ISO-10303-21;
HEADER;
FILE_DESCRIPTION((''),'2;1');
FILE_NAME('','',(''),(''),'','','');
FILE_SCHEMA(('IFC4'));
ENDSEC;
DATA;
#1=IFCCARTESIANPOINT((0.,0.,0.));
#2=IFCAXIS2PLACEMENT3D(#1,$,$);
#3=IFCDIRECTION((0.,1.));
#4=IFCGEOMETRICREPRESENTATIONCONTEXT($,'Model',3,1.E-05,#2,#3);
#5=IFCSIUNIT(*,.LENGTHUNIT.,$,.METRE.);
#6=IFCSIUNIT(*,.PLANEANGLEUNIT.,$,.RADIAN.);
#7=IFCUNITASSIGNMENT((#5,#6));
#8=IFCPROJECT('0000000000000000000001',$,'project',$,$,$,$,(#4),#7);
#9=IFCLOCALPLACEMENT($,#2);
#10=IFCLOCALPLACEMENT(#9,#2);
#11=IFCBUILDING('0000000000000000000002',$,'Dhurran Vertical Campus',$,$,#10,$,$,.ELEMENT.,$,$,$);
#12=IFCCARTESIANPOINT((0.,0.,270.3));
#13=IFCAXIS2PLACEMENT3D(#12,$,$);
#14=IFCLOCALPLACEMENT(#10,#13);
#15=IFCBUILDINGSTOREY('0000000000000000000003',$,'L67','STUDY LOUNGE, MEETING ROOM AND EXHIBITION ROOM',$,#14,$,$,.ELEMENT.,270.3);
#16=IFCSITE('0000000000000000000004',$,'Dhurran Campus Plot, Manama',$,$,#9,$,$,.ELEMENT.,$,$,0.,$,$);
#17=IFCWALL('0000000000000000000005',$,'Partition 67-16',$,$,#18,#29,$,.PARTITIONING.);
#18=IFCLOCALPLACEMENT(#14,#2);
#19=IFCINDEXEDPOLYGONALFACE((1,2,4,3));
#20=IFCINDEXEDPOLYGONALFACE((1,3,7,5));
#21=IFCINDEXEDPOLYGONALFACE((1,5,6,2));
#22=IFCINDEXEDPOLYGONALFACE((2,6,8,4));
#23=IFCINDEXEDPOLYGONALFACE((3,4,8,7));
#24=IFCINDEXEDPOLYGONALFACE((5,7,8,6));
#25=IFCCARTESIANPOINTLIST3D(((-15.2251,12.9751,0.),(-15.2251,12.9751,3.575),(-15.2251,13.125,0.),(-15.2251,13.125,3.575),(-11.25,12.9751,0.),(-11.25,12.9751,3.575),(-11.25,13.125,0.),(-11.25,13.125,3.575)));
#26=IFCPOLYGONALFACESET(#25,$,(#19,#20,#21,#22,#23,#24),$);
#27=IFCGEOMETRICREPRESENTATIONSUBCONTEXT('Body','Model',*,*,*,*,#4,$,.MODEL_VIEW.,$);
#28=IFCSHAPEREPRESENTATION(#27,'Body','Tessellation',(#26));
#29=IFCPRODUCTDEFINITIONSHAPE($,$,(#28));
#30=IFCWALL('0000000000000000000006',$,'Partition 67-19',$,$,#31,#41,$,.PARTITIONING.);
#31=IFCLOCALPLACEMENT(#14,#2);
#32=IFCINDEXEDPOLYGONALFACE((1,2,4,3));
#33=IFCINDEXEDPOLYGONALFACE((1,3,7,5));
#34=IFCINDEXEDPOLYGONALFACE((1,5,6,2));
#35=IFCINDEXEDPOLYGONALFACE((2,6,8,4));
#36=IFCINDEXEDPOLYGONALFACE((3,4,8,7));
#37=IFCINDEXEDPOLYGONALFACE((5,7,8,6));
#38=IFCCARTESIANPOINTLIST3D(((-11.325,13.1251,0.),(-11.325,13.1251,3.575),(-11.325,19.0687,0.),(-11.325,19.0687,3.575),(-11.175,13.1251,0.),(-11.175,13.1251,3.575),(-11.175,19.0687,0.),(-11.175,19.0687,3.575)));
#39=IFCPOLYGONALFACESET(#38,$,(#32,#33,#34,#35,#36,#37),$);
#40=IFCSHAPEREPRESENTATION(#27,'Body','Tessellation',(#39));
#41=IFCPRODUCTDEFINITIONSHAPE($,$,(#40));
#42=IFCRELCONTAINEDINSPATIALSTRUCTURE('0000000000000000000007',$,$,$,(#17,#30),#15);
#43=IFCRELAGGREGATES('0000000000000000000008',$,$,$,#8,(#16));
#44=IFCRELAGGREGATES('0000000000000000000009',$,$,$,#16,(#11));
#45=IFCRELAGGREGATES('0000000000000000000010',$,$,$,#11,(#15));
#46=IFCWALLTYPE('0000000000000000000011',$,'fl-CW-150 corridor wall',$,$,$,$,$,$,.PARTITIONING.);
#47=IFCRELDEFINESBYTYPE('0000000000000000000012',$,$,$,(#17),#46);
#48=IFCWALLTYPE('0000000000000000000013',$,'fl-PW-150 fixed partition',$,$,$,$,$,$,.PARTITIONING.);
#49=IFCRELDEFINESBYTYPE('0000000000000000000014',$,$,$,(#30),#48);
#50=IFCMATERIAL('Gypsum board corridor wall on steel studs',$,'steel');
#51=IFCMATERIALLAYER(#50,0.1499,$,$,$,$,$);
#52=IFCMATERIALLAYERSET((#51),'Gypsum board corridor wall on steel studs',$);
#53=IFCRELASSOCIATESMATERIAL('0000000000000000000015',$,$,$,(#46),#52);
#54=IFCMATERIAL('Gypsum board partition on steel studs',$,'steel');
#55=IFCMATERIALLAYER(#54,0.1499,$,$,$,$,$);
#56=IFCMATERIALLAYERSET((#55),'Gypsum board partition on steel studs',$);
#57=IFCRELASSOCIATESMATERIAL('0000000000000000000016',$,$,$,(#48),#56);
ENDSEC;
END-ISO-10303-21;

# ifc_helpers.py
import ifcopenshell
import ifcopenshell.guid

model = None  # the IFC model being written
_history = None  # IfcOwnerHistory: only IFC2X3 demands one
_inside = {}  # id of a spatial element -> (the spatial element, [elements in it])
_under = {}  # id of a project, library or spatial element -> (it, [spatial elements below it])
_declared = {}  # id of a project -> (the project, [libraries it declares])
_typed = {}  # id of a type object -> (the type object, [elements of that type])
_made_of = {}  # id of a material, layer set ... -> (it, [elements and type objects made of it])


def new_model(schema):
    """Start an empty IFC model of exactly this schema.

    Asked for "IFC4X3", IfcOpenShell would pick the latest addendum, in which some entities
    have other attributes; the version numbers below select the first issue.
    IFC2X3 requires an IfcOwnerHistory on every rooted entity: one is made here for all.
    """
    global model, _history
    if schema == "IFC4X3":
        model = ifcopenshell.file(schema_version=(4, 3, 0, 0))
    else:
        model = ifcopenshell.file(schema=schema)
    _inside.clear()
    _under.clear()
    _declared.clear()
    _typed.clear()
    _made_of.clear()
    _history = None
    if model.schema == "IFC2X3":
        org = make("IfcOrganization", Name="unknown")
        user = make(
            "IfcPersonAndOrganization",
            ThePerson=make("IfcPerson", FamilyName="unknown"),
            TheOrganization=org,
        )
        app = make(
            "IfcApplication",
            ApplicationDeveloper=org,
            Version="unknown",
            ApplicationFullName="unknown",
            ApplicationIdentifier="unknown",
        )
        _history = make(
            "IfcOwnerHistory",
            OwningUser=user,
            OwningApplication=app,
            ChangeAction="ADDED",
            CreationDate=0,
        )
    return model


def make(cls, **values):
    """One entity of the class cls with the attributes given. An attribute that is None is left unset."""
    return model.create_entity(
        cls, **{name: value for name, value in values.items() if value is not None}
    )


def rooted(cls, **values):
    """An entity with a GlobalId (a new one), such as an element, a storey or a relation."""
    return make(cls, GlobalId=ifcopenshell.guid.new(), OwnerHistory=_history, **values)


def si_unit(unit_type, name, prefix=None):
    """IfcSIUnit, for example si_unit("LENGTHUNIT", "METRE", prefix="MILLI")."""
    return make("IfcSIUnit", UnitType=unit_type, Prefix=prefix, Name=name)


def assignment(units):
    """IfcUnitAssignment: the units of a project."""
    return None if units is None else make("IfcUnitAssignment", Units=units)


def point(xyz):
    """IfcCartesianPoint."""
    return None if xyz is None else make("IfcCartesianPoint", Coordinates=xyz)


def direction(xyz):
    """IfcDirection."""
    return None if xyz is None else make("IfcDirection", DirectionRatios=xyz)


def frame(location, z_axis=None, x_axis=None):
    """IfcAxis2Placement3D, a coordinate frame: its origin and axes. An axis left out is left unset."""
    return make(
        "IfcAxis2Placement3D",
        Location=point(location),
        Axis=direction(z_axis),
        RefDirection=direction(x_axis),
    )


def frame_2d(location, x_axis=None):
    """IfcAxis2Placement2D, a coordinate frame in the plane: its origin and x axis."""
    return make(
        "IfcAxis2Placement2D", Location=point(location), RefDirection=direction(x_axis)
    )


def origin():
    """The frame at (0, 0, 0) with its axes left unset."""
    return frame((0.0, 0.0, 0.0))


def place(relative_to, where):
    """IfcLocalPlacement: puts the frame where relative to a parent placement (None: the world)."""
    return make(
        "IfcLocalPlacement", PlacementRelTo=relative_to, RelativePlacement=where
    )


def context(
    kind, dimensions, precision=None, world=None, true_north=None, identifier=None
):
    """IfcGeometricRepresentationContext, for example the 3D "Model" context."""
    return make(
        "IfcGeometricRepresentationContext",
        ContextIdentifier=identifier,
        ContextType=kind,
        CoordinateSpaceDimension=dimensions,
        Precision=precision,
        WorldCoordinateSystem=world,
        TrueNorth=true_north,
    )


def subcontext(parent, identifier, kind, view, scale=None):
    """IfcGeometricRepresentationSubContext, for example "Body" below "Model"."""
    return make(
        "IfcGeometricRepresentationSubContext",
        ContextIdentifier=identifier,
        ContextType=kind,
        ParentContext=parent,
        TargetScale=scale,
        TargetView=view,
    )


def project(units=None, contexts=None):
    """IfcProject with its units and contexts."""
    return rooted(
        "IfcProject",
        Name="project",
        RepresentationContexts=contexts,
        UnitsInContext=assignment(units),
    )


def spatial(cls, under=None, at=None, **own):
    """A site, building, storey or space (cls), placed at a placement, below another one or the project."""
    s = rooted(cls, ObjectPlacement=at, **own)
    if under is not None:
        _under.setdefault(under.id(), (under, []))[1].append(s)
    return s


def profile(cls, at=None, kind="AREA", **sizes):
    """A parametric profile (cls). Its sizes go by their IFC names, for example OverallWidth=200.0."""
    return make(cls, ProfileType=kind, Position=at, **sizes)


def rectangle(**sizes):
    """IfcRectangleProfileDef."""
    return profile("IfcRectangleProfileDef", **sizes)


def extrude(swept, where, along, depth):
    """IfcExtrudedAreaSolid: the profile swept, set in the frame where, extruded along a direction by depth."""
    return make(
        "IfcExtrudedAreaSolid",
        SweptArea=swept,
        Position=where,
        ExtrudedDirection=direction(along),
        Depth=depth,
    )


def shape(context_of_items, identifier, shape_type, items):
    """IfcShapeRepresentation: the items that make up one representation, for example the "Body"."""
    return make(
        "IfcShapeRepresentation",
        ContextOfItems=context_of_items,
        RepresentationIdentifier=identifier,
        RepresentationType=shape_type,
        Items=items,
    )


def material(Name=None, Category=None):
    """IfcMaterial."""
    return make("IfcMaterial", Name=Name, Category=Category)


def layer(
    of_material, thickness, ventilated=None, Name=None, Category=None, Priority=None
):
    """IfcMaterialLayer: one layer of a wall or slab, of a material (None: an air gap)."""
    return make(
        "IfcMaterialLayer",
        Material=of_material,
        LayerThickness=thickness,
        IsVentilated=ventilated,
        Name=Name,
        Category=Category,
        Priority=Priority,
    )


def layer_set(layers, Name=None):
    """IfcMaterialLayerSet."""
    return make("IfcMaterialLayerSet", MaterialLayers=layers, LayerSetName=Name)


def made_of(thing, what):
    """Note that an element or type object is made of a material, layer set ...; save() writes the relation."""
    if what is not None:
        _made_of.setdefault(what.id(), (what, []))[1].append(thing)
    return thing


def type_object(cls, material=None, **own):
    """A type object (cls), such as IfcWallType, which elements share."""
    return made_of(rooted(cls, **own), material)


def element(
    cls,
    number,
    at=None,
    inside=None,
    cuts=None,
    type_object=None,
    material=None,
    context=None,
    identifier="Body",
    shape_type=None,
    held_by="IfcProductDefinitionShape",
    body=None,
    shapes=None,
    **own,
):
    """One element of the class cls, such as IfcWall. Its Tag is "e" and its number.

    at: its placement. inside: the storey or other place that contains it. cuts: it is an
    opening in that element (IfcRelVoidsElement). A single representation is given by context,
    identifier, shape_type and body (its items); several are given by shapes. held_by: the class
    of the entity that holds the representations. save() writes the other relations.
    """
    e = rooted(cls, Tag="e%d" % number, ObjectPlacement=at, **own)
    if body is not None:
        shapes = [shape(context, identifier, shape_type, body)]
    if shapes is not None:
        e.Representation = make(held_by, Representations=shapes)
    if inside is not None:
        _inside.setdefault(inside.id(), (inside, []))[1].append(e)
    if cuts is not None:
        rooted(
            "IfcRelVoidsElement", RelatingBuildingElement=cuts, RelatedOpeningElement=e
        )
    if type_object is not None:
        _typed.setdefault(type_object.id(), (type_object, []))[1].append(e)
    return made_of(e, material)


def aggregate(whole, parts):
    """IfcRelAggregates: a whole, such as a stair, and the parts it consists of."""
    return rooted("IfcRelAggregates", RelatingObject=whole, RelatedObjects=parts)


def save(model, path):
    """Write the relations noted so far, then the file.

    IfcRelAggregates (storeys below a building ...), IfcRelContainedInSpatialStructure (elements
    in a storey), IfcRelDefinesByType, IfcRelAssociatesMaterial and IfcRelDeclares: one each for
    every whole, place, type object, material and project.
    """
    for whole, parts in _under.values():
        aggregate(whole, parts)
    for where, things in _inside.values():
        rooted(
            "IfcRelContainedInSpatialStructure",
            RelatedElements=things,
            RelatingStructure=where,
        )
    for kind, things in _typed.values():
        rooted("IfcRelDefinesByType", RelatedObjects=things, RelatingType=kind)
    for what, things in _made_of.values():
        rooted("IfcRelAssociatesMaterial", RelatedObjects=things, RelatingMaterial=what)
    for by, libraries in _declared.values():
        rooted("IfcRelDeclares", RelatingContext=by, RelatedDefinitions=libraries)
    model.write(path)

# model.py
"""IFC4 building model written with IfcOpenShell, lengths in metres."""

from ifc_helpers import new_model, si_unit, direction, frame, frame_2d, origin, place, context, subcontext, project, spatial, rectangle, extrude, material, layer, layer_set, type_object, element, save


model = new_model("IFC4")

# Units and contexts
model_context = context("Model", 3, precision=1e-05, world=origin(), true_north=direction((0.0, 1.0)))
body_context = subcontext(model_context, "Body", "Model", "MODEL_VIEW")
ifc_project = project(units=[si_unit("LENGTHUNIT", "METRE"), si_unit("PLANEANGLEUNIT", "RADIAN")], contexts=[model_context])

# Site, building, storey
site_placement = place(None, origin())
site = spatial("IfcSite", under=ifc_project, at=site_placement, Name="Dhurran Campus Plot, Manama", CompositionType="ELEMENT", RefElevation=0.0)
building_placement = place(site_placement, origin())
building = spatial("IfcBuilding", under=site, at=building_placement, Name="Dhurran Vertical Campus", CompositionType="ELEMENT")
storey_placement = place(building_placement, frame((0.0, 0.0, 270.3)))
storey = spatial("IfcBuildingStorey", under=building, at=storey_placement, Name="L67", Description="STUDY LOUNGE, MEETING ROOM AND EXHIBITION ROOM", CompositionType="ELEMENT", Elevation=270.3)

# Shared definitions
ifc_material_1 = material(Name="Gypsum board corridor wall on steel studs", Category="steel")
ifc_layer_1 = layer(ifc_material_1, 0.1499)
ifc_layer_set_1 = layer_set([ifc_layer_1], Name="Gypsum board corridor wall on steel studs")
wall_type_1 = type_object("IfcWallType", Name="fl-CW-150 corridor wall", PredefinedType="PARTITIONING", material=ifc_layer_set_1)

# Walls
wall_1_placement = place(storey_placement, frame((-11.25, 13.05, 0.0), z_axis=(0.0, 0.0, 1.0), x_axis=(-1.0, 0.0, 0.0)))
element("IfcWall", 1, at=wall_1_placement, inside=storey, type_object=wall_type_1, Name="Partition 67-16", PredefinedType="PARTITIONING", context=body_context, shape_type="SweptSolid", body=[
    extrude(rectangle(XDim=3.9751, YDim=0.1499, at=frame_2d((1.9875, 0.0))), origin(), (0.0, 0.0, 1.0), 3.575),
])
ifc_material_2 = material(Name="Gypsum board partition on steel studs", Category="steel")
ifc_layer_2 = layer(ifc_material_2, 0.1499)
ifc_layer_set_2 = layer_set([ifc_layer_2], Name="Gypsum board partition on steel studs")
wall_type_2 = type_object("IfcWallType", Name="fl-PW-150 fixed partition", PredefinedType="PARTITIONING", material=ifc_layer_set_2)
wall_2_placement = place(storey_placement, frame((-11.25, 19.0686, 0.0), z_axis=(0.0, 0.0, 1.0), x_axis=(0.0, -1.0, 0.0)))
element("IfcWall", 2, at=wall_2_placement, inside=storey, type_object=wall_type_2, Name="Partition 67-19", PredefinedType="PARTITIONING", context=body_context, shape_type="SweptSolid", body=[
    extrude(rectangle(XDim=5.9436, YDim=0.1499, at=frame_2d((2.9717, 0.0))), origin(), (0.0, 0.0, 1.0), 3.575),
])

save(model, "model.ifc")
